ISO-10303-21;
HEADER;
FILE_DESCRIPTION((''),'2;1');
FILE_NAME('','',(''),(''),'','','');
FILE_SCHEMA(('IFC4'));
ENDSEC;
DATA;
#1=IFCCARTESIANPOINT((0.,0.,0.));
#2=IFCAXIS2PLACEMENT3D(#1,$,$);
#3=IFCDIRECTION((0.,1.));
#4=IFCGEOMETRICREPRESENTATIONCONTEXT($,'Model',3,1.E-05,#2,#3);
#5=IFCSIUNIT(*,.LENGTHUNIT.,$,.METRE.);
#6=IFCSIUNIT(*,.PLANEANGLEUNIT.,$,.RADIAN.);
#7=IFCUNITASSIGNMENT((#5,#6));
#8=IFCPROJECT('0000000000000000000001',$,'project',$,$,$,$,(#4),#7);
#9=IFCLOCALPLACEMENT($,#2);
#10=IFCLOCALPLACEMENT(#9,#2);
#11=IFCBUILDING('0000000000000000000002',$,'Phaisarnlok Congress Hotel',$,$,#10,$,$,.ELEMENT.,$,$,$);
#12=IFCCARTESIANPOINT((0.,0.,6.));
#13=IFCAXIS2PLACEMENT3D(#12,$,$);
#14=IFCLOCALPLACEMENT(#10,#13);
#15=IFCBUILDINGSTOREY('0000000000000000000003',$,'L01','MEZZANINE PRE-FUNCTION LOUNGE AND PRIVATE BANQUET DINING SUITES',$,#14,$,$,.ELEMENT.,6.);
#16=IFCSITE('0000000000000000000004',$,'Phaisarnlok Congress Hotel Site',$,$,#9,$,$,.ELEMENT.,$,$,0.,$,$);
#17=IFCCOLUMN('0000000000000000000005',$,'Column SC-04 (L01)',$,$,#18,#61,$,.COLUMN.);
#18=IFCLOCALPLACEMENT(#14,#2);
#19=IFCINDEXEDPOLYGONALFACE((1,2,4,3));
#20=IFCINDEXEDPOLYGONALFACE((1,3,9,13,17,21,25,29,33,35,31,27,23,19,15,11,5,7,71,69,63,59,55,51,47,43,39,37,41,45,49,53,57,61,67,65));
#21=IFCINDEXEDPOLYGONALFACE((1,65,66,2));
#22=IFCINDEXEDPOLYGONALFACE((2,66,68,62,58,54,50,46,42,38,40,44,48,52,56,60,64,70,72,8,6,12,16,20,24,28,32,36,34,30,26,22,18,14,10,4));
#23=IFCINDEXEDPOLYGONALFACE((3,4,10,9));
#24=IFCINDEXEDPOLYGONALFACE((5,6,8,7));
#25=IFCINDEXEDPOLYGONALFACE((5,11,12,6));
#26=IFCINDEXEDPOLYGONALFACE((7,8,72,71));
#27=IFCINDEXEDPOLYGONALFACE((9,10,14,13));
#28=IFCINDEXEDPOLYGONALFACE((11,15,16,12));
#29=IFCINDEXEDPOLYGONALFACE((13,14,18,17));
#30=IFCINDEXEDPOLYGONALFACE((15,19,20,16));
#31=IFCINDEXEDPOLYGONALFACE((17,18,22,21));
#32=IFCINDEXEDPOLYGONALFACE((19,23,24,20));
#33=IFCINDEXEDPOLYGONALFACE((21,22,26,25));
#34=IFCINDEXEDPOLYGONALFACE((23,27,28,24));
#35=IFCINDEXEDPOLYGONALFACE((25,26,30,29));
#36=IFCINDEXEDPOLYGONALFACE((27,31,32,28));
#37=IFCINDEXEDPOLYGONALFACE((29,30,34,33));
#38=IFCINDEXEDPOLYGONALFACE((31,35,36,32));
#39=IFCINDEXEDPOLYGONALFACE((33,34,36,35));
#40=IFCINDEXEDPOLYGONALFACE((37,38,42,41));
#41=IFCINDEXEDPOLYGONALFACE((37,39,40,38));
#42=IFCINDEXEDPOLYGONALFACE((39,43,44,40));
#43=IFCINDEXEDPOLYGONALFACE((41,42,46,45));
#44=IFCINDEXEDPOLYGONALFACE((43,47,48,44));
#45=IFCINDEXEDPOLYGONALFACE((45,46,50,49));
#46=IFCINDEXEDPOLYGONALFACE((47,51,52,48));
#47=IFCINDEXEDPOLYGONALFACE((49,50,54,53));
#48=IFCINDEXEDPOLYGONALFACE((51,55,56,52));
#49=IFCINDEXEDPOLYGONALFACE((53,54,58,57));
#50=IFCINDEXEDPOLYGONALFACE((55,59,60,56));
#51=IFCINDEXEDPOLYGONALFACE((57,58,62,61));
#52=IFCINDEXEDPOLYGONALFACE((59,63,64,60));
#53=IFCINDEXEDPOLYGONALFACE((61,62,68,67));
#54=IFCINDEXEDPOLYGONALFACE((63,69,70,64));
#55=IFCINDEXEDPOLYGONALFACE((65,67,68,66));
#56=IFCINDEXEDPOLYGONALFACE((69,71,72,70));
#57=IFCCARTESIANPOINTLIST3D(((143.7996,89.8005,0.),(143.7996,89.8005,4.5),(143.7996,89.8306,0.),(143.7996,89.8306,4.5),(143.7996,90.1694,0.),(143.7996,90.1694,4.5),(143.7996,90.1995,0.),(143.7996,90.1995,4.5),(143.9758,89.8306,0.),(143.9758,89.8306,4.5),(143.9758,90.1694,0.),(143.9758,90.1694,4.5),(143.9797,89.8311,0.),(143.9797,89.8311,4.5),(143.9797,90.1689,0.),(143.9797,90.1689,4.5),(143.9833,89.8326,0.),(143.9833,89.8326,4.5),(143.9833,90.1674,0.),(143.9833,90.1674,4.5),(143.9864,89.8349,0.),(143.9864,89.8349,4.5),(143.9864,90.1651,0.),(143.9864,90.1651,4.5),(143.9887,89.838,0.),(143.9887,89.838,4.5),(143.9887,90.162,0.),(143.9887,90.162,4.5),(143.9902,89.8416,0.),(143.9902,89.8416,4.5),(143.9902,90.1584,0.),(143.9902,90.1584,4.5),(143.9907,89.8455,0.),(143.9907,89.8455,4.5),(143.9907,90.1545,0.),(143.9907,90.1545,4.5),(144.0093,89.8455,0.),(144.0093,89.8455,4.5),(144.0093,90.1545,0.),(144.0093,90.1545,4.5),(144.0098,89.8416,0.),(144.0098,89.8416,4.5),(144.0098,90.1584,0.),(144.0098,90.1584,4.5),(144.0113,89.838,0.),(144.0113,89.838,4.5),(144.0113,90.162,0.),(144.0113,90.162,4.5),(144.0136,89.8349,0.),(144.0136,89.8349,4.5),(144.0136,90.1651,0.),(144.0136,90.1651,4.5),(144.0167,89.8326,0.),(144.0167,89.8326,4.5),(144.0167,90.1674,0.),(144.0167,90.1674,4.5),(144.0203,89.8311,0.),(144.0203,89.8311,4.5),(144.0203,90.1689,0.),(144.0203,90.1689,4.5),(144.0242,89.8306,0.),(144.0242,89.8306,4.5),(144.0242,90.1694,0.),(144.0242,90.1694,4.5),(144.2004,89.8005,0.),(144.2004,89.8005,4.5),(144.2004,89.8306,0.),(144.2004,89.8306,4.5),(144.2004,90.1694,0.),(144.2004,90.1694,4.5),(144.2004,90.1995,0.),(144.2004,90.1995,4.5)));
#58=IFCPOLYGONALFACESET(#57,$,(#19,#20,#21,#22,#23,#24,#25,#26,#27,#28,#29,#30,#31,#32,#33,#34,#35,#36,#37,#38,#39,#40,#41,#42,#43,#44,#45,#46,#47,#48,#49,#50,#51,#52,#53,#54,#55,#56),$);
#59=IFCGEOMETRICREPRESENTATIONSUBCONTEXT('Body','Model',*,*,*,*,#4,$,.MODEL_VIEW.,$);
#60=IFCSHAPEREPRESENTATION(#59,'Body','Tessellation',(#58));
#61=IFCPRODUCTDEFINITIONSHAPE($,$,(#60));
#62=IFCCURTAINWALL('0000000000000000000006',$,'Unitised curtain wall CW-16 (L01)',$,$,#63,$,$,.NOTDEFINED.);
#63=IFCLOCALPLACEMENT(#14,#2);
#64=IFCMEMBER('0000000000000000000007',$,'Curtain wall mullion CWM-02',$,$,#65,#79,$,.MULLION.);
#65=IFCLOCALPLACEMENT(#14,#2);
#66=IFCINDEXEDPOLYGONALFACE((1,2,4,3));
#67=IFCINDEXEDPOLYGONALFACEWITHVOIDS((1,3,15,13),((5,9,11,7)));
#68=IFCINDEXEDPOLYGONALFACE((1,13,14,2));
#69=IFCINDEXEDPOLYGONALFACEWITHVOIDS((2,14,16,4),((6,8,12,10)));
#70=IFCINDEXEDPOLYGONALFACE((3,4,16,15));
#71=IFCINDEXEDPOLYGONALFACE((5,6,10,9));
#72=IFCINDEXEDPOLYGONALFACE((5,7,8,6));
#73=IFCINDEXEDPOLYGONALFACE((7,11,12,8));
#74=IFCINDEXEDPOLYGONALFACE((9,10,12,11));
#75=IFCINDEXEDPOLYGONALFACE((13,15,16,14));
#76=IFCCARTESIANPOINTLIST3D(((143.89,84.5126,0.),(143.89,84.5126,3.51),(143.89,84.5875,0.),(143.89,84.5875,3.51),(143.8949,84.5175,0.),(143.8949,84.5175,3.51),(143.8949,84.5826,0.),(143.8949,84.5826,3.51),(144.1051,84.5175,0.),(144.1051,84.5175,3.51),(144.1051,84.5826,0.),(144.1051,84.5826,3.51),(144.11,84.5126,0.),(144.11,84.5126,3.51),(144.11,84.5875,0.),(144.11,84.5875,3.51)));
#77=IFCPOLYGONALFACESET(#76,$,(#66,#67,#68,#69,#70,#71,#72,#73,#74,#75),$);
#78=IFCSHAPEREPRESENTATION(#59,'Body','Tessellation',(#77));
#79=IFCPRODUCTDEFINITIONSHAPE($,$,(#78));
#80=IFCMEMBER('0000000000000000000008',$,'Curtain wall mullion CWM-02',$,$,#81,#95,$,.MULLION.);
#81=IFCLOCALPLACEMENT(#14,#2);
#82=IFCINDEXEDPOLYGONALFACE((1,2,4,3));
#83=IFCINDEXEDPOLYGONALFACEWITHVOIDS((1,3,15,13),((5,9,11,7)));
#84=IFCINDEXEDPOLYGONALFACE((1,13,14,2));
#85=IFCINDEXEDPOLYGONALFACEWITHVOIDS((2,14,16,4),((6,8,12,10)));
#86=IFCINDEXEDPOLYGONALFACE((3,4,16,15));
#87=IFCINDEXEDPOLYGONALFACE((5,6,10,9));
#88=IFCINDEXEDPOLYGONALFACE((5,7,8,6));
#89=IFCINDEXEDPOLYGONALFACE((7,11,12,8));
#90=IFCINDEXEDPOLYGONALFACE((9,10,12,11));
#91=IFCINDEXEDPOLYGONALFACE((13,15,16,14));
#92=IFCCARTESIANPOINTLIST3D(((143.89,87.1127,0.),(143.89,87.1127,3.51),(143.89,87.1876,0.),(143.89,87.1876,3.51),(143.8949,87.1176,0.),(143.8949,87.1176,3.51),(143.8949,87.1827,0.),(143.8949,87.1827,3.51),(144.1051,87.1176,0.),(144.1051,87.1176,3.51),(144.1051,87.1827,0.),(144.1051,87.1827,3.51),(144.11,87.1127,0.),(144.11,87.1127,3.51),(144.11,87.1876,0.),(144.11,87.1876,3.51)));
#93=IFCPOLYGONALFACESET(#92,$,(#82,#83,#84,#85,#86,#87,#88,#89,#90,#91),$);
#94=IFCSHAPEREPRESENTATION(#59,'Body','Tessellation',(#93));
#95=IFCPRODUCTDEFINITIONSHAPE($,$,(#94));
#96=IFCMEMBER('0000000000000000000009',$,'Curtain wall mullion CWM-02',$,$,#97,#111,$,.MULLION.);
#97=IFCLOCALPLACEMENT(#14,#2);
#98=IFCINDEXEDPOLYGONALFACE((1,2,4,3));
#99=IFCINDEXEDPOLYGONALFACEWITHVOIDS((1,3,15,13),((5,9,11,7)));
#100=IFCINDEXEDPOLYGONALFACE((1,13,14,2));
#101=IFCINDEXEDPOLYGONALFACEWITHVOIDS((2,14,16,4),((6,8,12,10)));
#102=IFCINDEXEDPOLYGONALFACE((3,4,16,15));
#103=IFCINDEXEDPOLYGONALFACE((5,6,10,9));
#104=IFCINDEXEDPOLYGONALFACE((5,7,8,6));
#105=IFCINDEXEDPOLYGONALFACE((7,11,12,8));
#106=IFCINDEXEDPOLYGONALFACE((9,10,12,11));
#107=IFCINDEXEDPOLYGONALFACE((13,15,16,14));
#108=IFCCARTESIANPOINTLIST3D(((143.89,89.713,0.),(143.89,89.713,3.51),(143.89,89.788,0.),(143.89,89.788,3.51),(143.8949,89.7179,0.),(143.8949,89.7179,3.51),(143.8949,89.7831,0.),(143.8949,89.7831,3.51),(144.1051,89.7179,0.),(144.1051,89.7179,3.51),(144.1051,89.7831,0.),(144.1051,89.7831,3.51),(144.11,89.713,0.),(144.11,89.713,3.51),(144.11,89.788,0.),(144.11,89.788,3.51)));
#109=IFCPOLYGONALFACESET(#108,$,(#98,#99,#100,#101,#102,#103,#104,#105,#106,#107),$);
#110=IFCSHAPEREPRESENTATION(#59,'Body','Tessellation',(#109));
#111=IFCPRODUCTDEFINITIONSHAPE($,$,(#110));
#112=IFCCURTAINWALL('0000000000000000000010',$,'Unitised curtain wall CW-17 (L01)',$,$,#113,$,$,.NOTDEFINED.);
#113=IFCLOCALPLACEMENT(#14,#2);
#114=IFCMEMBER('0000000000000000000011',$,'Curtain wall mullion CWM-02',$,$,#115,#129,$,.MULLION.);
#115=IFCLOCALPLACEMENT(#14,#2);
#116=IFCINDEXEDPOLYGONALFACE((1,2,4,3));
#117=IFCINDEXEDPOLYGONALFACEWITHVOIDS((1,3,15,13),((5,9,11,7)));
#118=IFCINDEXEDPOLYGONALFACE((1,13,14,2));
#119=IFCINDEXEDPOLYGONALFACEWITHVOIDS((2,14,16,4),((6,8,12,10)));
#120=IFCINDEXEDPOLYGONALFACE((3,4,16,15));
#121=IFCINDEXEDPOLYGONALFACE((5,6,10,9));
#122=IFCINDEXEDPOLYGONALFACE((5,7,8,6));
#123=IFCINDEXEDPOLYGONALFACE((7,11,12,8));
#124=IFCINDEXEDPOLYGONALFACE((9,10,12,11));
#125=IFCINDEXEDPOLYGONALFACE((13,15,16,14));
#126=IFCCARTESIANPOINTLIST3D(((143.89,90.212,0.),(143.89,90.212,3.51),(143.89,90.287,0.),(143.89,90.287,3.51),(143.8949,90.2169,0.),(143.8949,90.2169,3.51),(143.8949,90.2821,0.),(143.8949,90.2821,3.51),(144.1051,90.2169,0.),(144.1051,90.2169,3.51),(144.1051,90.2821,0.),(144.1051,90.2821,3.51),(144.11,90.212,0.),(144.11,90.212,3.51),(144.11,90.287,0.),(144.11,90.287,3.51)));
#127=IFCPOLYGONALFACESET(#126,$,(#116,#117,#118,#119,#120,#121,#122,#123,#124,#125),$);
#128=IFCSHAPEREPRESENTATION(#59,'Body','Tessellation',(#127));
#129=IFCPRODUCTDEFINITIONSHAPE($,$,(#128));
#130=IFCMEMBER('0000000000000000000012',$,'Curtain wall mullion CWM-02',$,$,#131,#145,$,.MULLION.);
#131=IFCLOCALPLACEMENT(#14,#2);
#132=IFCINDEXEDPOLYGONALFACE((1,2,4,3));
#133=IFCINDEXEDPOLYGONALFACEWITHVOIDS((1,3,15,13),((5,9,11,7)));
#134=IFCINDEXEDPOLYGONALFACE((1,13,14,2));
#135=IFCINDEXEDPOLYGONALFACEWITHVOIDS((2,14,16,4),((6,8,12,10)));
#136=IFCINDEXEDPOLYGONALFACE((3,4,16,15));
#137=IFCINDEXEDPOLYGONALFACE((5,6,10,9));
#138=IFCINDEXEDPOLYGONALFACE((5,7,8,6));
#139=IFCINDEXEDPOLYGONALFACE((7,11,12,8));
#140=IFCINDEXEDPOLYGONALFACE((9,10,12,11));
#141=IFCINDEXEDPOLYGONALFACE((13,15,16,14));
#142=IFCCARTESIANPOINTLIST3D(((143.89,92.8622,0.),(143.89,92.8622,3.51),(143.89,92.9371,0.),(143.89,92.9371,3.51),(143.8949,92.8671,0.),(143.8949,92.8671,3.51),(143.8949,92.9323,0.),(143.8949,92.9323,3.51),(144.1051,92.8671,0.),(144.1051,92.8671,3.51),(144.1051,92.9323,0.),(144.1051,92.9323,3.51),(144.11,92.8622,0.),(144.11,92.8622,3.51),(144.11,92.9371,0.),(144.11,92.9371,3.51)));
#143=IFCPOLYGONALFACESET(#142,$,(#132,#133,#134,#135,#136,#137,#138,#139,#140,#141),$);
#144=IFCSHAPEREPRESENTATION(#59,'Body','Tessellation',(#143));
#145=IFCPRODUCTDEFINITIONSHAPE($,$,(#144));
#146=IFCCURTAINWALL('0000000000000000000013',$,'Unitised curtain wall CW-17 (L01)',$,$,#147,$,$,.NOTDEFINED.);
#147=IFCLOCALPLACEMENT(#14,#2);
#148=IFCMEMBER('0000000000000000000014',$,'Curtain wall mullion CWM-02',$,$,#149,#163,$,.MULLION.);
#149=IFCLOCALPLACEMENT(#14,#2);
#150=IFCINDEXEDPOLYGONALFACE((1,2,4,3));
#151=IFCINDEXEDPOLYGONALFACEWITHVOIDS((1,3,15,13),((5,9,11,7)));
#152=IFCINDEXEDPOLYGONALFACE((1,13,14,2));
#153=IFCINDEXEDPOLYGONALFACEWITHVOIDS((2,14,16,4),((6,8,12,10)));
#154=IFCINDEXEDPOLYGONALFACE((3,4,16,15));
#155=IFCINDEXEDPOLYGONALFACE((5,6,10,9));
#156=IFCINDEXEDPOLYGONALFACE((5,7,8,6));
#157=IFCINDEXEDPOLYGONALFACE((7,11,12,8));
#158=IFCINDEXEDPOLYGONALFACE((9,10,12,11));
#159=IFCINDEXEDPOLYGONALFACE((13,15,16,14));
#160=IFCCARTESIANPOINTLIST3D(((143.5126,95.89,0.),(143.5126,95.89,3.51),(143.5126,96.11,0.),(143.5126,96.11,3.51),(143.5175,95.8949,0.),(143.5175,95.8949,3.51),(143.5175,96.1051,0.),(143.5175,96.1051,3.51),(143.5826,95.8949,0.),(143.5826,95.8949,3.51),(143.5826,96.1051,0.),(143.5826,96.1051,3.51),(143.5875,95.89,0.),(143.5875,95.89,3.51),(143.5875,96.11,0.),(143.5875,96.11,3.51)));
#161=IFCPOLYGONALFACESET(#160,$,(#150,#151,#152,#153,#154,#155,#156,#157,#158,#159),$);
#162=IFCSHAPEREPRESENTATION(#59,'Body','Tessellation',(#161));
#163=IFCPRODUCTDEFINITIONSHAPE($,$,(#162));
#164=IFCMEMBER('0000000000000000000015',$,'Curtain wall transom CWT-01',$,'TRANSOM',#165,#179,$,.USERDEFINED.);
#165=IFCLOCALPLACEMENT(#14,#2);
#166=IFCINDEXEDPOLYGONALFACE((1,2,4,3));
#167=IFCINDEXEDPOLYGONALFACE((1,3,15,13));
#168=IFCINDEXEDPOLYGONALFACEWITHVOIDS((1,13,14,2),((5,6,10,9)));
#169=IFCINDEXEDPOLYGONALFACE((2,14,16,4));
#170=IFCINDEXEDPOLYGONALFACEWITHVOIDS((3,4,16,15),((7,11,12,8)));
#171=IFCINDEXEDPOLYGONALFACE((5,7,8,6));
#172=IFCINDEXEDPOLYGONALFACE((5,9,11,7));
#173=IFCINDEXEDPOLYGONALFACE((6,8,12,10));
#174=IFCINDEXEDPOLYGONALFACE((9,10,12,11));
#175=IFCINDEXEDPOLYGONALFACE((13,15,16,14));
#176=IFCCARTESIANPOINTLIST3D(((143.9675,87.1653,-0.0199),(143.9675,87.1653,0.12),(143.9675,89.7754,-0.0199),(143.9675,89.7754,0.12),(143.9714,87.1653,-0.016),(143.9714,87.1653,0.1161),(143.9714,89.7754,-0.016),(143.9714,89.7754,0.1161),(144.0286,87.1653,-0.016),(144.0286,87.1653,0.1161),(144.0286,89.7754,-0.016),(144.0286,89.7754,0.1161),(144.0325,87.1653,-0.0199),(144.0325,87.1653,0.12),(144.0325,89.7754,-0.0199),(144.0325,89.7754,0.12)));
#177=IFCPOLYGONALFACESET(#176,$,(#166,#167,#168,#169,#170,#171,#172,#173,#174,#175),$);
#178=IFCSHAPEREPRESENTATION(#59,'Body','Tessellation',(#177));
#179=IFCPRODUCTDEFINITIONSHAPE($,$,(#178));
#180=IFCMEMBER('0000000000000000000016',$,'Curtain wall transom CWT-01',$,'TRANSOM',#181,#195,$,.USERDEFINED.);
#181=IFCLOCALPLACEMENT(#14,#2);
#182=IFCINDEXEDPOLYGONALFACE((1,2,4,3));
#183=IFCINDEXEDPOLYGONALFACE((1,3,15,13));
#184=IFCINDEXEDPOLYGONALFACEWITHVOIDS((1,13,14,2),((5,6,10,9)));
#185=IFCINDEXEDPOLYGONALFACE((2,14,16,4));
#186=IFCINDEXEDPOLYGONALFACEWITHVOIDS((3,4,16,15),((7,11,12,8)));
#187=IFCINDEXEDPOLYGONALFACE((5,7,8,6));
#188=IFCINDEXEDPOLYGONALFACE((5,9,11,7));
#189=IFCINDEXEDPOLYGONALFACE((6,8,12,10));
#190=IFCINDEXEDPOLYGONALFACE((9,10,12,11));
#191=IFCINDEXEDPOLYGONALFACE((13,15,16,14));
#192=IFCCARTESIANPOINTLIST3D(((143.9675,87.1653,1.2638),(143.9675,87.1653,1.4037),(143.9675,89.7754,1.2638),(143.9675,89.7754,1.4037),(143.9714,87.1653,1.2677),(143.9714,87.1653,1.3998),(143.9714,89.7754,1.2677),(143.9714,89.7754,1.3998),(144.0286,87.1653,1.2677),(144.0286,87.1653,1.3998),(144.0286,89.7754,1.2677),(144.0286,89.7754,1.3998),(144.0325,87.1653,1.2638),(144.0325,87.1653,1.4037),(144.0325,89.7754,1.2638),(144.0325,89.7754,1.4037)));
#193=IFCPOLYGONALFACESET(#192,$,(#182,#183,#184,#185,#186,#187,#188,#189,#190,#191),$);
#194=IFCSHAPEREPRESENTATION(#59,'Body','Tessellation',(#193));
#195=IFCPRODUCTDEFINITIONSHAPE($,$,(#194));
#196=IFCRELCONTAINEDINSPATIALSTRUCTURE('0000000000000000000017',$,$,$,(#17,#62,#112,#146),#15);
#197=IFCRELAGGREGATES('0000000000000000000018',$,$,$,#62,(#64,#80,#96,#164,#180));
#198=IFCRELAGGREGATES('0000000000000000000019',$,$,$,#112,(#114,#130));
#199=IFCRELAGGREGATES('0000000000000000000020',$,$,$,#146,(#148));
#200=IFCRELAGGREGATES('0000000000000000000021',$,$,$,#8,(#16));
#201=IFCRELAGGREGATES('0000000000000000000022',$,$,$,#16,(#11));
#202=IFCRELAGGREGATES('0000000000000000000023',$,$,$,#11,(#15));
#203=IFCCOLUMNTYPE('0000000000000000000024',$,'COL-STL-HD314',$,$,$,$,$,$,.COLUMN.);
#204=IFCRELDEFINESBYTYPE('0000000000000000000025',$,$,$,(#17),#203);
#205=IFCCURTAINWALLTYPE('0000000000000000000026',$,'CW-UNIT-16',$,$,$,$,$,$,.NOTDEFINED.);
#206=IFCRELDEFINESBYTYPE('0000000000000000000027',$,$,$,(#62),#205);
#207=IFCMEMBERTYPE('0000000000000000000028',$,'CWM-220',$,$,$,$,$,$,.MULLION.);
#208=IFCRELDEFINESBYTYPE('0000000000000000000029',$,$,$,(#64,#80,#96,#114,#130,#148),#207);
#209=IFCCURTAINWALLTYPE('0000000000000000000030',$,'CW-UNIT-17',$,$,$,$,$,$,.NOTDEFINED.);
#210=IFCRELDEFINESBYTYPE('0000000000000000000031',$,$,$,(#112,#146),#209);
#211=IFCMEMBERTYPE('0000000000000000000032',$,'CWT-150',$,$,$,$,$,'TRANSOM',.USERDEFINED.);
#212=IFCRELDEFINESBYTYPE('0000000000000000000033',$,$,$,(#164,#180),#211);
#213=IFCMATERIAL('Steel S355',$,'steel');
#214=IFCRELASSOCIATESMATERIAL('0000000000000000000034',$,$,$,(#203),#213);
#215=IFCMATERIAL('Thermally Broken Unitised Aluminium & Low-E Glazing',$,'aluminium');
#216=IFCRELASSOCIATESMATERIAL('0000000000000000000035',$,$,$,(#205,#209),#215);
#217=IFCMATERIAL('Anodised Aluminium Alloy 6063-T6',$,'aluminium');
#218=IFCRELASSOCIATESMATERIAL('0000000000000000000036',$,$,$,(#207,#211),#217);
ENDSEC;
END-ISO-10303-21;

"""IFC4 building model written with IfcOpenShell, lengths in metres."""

from ifc_helpers import new_model, si_unit, direction, frame, origin, origin_2d, place, context, subcontext, project, spatial, hollow_rectangle, i_section, extrude, material, material_profile, profile_set, type_object, element, aggregate, save


model = new_model("IFC4")

# Units and contexts
model_context = context("Model", 3, precision=1e-05, world=origin(), true_north=direction((0.0, 1.0)))
body_context = subcontext(model_context, "Body", "Model", "MODEL_VIEW")
ifc_project = project(units=[si_unit("LENGTHUNIT", "METRE"), si_unit("PLANEANGLEUNIT", "RADIAN")], contexts=[model_context])

# Site, building, storey
site_placement = place(None, origin())
site = spatial("IfcSite", under=ifc_project, at=site_placement, Name="Phaisarnlok Congress Hotel Site", CompositionType="ELEMENT", RefElevation=0.0)
building_placement = place(site_placement, origin())
building = spatial("IfcBuilding", under=site, at=building_placement, Name="Phaisarnlok Congress Hotel", CompositionType="ELEMENT")
storey_placement = place(building_placement, frame((0.0, 0.0, 6.0)))
storey = spatial("IfcBuildingStorey", under=building, at=storey_placement, Name="L01", Description="MEZZANINE PRE-FUNCTION LOUNGE AND PRIVATE BANQUET DINING SUITES", CompositionType="ELEMENT", Elevation=6.0)

# Column
ifc_material_1 = material(Name="Steel S355", Category="steel")
ifc_material_profile_1 = material_profile(ifc_material_1, i_section(OverallWidth=0.4009, OverallDepth=0.3989, WebThickness=0.0186, FlangeThickness=0.03, FilletRadius=0.0149, at=origin_2d()), Name="HD 400x314")
ifc_profile_set_1 = profile_set([ifc_material_profile_1], Name="Steel S355")
column_type = type_object("IfcColumnType", Name="COL-STL-HD314", PredefinedType="COLUMN", material=ifc_profile_set_1)
column_placement = place(storey_placement, frame((144.0, 90.0, 0.0), z_axis=(0.0, 0.0, 1.0), x_axis=(1.0, 0.0, 0.0)))
element("IfcColumn", 1, at=column_placement, inside=storey, type_object=column_type, Name="Column SC-04 (L01)", PredefinedType="COLUMN", context=body_context, shape_type="SweptSolid", body=[
    extrude(i_section(OverallWidth=0.4009, OverallDepth=0.3989, WebThickness=0.0186, FlangeThickness=0.03, FilletRadius=0.0149, at=origin_2d()), origin(), (0.0, 0.0, 1.0), 4.5),
])

# Curtain walls, members
ifc_material_2 = material(Name="Thermally Broken Unitised Aluminium & Low-E Glazing", Category="aluminium")
curtain_wall_type_1 = type_object("IfcCurtainWallType", Name="CW-UNIT-16", PredefinedType="NOTDEFINED", material=ifc_material_2)
curtain_wall_1_placement = place(storey_placement, origin())
curtain_wall_1 = element("IfcCurtainWall", 2, at=curtain_wall_1_placement, inside=storey, type_object=curtain_wall_type_1, Name="Unitised curtain wall CW-16 (L01)", PredefinedType="NOTDEFINED")
ifc_material_3 = material(Name="Anodised Aluminium Alloy 6063-T6", Category="aluminium")
ifc_material_profile_2 = material_profile(ifc_material_3, hollow_rectangle(XDim=0.075, YDim=0.22, WallThickness=0.0049, at=origin_2d()), Name="ALU-M 75x220x5")
ifc_profile_set_2 = profile_set([ifc_material_profile_2], Name="Anodised Aluminium Alloy 6063-T6")
member_type_1 = type_object("IfcMemberType", Name="CWM-220", PredefinedType="MULLION", material=ifc_profile_set_2)
member_1_placement = place(storey_placement, frame((144.0, 84.55, 0.0), z_axis=(0.0, 0.0, 1.0), x_axis=(0.0, 1.0, 0.0)))
member_1 = element("IfcMember", 3, at=member_1_placement, type_object=member_type_1, Name="Curtain wall mullion CWM-02", PredefinedType="MULLION", context=body_context, shape_type="SweptSolid", body=[
    extrude(hollow_rectangle(XDim=0.075, YDim=0.22, WallThickness=0.0049, at=origin_2d()), origin(), (0.0, 0.0, 1.0), 3.51),
])
member_2_placement = place(storey_placement, frame((144.0, 87.1501, 0.0), z_axis=(0.0, 0.0, 1.0), x_axis=(0.0, 1.0, 0.0)))
member_2 = element("IfcMember", 4, at=member_2_placement, type_object=member_type_1, Name="Curtain wall mullion CWM-02", PredefinedType="MULLION", context=body_context, shape_type="SweptSolid", body=[
    extrude(hollow_rectangle(XDim=0.075, YDim=0.22, WallThickness=0.0049, at=origin_2d()), origin(), (0.0, 0.0, 1.0), 3.51),
])
member_3_placement = place(storey_placement, frame((144.0, 89.7505, 0.0), z_axis=(0.0, 0.0, 1.0), x_axis=(0.0, 1.0, 0.0)))
member_3 = element("IfcMember", 5, at=member_3_placement, type_object=member_type_1, Name="Curtain wall mullion CWM-02", PredefinedType="MULLION", context=body_context, shape_type="SweptSolid", body=[
    extrude(hollow_rectangle(XDim=0.075, YDim=0.22, WallThickness=0.0049, at=origin_2d()), origin(), (0.0, 0.0, 1.0), 3.51),
])
curtain_wall_type_2 = type_object("IfcCurtainWallType", Name="CW-UNIT-17", PredefinedType="NOTDEFINED", material=ifc_material_2)
curtain_wall_2_placement = place(storey_placement, origin())
curtain_wall_2 = element("IfcCurtainWall", 6, at=curtain_wall_2_placement, inside=storey, type_object=curtain_wall_type_2, Name="Unitised curtain wall CW-17 (L01)", PredefinedType="NOTDEFINED")
member_4_placement = place(storey_placement, frame((144.0, 90.2495, 0.0), z_axis=(0.0, 0.0, 1.0), x_axis=(0.0, 1.0, 0.0)))
member_4 = element("IfcMember", 7, at=member_4_placement, type_object=member_type_1, Name="Curtain wall mullion CWM-02", PredefinedType="MULLION", context=body_context, shape_type="SweptSolid", body=[
    extrude(hollow_rectangle(XDim=0.075, YDim=0.22, WallThickness=0.0049, at=origin_2d()), origin(), (0.0, 0.0, 1.0), 3.51),
])
member_5_placement = place(storey_placement, frame((144.0, 92.8997, 0.0), z_axis=(0.0, 0.0, 1.0), x_axis=(0.0, 1.0, 0.0)))
member_5 = element("IfcMember", 8, at=member_5_placement, type_object=member_type_1, Name="Curtain wall mullion CWM-02", PredefinedType="MULLION", context=body_context, shape_type="SweptSolid", body=[
    extrude(hollow_rectangle(XDim=0.075, YDim=0.22, WallThickness=0.0049, at=origin_2d()), origin(), (0.0, 0.0, 1.0), 3.51),
])

# Curtain wall, member
curtain_wall_3_placement = place(storey_placement, origin())
curtain_wall_3 = element("IfcCurtainWall", 9, at=curtain_wall_3_placement, inside=storey, type_object=curtain_wall_type_2, Name="Unitised curtain wall CW-17 (L01)", PredefinedType="NOTDEFINED")
member_6_placement = place(storey_placement, frame((143.55, 96.0, 0.0), z_axis=(0.0, 0.0, 1.0), x_axis=(-1.0, 0.0, 0.0)))
member_6 = element("IfcMember", 10, at=member_6_placement, type_object=member_type_1, Name="Curtain wall mullion CWM-02", PredefinedType="MULLION", context=body_context, shape_type="SweptSolid", body=[
    extrude(hollow_rectangle(XDim=0.075, YDim=0.22, WallThickness=0.0049, at=origin_2d()), origin(), (0.0, 0.0, 1.0), 3.51),
])

# Members
ifc_material_profile_3 = material_profile(ifc_material_3, hollow_rectangle(XDim=0.0649, YDim=0.1399, WallThickness=0.0039, at=origin_2d()), Name="ALU-T 65x140x4")
ifc_profile_set_3 = profile_set([ifc_material_profile_3], Name="Anodised Aluminium Alloy 6063-T6")
member_type_2 = type_object("IfcMemberType", Name="CWT-150", ElementType="TRANSOM", PredefinedType="USERDEFINED", material=ifc_profile_set_3)
member_7_placement = place(storey_placement, frame((144.0, 87.1653, 0.05), z_axis=(0.0, 1.0, 0.0), x_axis=(-1.0, 0.0, 0.0)))
member_7 = element("IfcMember", 11, at=member_7_placement, type_object=member_type_2, Name="Curtain wall transom CWT-01", ObjectType="TRANSOM", PredefinedType="USERDEFINED", context=body_context, shape_type="SweptSolid", body=[
    extrude(hollow_rectangle(XDim=0.0649, YDim=0.1399, WallThickness=0.0039, at=origin_2d()), origin(), (0.0, 0.0, 1.0), 2.6101),
])
member_8_placement = place(storey_placement, frame((144.0, 87.1653, 1.3337), z_axis=(0.0, 1.0, 0.0), x_axis=(-1.0, 0.0, 0.0)))
member_8 = element("IfcMember", 12, at=member_8_placement, type_object=member_type_2, Name="Curtain wall transom CWT-01", ObjectType="TRANSOM", PredefinedType="USERDEFINED", context=body_context, shape_type="SweptSolid", body=[
    extrude(hollow_rectangle(XDim=0.0649, YDim=0.1399, WallThickness=0.0039, at=origin_2d()), origin(), (0.0, 0.0, 1.0), 2.6101),
])

aggregate(curtain_wall_1, [member_1, member_2, member_3, member_7, member_8])
aggregate(curtain_wall_2, [member_4, member_5])
aggregate(curtain_wall_3, [member_6])

save(model, "model.ifc")
